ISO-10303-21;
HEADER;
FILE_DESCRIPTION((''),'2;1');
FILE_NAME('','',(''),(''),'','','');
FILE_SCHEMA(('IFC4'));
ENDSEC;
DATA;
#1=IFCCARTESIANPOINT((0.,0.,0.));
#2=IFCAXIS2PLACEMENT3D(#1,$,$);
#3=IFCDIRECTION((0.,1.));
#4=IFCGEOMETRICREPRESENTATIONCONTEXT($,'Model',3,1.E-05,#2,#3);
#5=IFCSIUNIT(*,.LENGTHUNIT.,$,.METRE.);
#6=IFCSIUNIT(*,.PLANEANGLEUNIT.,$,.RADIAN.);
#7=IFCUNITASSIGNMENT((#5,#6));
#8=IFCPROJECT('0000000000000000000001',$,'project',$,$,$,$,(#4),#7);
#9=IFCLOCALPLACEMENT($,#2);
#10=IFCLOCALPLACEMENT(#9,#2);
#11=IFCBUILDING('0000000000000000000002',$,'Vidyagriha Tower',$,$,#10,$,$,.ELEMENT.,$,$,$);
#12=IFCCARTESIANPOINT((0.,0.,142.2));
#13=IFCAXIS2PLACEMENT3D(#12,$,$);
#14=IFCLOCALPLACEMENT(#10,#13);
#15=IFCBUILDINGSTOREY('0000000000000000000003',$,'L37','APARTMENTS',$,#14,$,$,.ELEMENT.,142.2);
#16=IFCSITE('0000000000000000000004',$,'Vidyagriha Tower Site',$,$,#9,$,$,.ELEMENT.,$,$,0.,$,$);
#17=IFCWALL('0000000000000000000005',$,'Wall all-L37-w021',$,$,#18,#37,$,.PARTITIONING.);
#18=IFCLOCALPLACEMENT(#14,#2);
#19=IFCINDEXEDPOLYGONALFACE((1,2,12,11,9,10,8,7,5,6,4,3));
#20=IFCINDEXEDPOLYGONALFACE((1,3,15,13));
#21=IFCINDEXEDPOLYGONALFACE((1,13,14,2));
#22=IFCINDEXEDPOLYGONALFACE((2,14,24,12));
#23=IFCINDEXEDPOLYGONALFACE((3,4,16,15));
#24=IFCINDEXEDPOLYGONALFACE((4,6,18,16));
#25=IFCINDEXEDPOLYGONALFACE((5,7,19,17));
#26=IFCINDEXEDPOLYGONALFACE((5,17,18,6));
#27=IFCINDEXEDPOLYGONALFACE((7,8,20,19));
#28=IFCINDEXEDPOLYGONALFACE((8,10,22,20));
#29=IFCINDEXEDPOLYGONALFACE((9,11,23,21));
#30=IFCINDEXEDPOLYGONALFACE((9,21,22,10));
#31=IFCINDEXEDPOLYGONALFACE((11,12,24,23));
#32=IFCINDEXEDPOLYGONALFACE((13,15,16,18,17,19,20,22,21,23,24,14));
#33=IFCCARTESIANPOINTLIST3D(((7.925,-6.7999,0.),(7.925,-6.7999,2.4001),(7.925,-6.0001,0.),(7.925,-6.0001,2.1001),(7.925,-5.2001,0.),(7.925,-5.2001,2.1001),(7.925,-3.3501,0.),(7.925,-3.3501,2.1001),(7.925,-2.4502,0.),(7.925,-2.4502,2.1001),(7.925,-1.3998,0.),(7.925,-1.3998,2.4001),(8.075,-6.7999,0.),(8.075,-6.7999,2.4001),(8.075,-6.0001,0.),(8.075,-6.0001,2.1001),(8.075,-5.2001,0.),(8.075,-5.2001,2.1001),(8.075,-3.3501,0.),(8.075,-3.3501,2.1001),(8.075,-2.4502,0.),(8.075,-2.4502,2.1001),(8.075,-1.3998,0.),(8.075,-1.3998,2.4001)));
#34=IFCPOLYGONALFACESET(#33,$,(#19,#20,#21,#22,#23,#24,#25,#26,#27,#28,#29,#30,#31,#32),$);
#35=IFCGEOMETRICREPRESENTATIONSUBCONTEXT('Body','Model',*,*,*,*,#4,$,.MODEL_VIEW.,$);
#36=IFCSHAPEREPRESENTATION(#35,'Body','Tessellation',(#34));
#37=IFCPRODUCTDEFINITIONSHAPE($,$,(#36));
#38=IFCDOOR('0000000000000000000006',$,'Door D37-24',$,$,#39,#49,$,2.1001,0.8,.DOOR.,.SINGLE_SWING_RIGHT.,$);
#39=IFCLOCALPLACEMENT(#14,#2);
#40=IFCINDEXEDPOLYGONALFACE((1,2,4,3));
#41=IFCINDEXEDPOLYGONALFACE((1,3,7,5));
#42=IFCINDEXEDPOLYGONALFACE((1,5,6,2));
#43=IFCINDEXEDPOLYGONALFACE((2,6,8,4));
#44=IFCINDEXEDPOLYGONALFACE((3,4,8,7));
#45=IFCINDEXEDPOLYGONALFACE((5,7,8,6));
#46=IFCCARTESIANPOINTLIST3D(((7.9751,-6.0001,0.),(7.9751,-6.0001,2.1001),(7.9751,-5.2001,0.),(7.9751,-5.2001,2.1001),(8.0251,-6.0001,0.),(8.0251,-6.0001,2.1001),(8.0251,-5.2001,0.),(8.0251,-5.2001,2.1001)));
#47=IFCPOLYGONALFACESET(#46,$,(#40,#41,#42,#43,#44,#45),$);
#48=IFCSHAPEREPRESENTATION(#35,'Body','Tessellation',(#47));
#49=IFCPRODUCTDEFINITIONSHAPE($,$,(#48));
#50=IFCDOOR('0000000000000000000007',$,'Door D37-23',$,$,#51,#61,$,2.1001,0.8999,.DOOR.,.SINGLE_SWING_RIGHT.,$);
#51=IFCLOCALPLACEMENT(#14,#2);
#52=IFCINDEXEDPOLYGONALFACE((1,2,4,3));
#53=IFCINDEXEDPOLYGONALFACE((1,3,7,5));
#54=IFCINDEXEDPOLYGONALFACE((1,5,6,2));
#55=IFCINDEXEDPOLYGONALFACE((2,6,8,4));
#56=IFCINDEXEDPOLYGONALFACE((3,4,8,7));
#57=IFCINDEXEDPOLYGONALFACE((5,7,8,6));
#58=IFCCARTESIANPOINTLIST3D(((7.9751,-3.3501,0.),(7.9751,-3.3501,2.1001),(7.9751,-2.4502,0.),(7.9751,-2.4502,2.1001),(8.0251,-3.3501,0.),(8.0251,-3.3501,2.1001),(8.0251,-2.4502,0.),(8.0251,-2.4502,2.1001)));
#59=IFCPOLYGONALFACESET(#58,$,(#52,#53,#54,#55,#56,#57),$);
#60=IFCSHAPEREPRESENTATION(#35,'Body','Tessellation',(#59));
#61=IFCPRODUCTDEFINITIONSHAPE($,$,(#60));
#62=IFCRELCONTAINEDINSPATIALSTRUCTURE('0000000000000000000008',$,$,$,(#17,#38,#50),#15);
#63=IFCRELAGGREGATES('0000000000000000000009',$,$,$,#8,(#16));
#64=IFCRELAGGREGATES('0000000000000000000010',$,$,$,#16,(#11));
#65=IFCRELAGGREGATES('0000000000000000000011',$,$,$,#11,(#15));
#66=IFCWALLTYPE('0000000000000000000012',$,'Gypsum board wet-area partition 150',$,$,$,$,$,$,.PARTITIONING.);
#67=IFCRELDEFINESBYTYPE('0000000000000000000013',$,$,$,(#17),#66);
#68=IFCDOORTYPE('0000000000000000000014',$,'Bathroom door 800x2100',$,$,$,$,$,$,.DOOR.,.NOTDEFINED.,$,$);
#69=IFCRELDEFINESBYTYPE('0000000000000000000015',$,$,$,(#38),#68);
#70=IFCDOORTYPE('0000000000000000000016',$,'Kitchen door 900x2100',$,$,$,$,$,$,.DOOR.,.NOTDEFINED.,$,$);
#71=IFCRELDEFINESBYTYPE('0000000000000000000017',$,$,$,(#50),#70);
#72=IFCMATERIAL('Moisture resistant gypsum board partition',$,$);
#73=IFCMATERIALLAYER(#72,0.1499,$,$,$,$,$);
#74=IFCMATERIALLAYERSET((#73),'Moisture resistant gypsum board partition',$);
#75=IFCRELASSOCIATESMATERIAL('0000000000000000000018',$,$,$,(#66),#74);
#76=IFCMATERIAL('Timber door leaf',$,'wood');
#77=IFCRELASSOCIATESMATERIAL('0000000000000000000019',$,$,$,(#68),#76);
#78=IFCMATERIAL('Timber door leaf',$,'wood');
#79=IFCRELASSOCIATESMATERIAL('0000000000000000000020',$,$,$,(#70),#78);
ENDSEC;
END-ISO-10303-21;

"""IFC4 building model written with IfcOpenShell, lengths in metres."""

from ifc_helpers import new_model, si_unit, direction, frame, frame_2d, origin, place, context, subcontext, project, spatial, rectangle, extrude, material, layer, layer_set, type_object, element, fill, save


model = new_model("IFC4")

# Units and contexts
model_context = context("Model", 3, precision=1e-05, world=origin(), true_north=direction((0.0, 1.0)))
body_context = subcontext(model_context, "Body", "Model", "MODEL_VIEW")
ifc_project = project(units=[si_unit("LENGTHUNIT", "METRE"), si_unit("PLANEANGLEUNIT", "RADIAN")], contexts=[model_context])

# Site, building, storey
site_placement = place(None, origin())
site = spatial("IfcSite", under=ifc_project, at=site_placement, Name="Vidyagriha Tower Site", CompositionType="ELEMENT", RefElevation=0.0)
building_placement = place(site_placement, origin())
building = spatial("IfcBuilding", under=site, at=building_placement, Name="Vidyagriha Tower", CompositionType="ELEMENT")
storey_placement = place(building_placement, frame((0.0, 0.0, 142.2)))
storey = spatial("IfcBuildingStorey", under=building, at=storey_placement, Name="L37", Description="APARTMENTS", CompositionType="ELEMENT", Elevation=142.2)

# Wall, openings, doors
ifc_material_1 = material(Name="Moisture resistant gypsum board partition")
ifc_layer_1 = layer(ifc_material_1, 0.1499)
ifc_layer_set_1 = layer_set([ifc_layer_1], Name="Moisture resistant gypsum board partition")
wall_type_1 = type_object("IfcWallType", Name="Gypsum board wet-area partition 150", PredefinedType="PARTITIONING", material=ifc_layer_set_1)
wall_1_placement = place(storey_placement, frame((8.0, -6.8, 0.0), z_axis=(0.0, 0.0, 1.0), x_axis=(0.0, 1.0, 0.0)))
wall_1 = element("IfcWall", 1, at=wall_1_placement, inside=storey, type_object=wall_type_1, Name="Wall all-L37-w021", PredefinedType="PARTITIONING", context=body_context, shape_type="SweptSolid", body=[
    extrude(rectangle(XDim=5.4001, YDim=0.1499, at=frame_2d((2.7002, 0.0))), origin(), (0.0, 0.0, 1.0), 2.4001),
])
opening_1_placement = place(wall_1_placement, frame((3.45, 0.0, 0.0)))
opening_1 = element("IfcOpeningElement", 2, at=opening_1_placement, cuts=wall_1, PredefinedType="OPENING", context=body_context, shape_type="SweptSolid", body=[
    extrude(rectangle(XDim=0.8999, YDim=2.1001, at=frame_2d((0.45, 1.05))), frame((0.0, 0.085, 0.0), z_axis=(0.0, -1.0, 0.0), x_axis=(1.0, 0.0, 0.0)), (0.0, 0.0, 1.0), 0.1699),
])
opening_2_placement = place(wall_1_placement, frame((0.8, 0.0, 0.0)))
opening_2 = element("IfcOpeningElement", 3, at=opening_2_placement, cuts=wall_1, PredefinedType="OPENING", context=body_context, shape_type="SweptSolid", body=[
    extrude(rectangle(XDim=0.8, YDim=2.1001, at=frame_2d((0.3999, 1.05))), frame((0.0, 0.085, 0.0), z_axis=(0.0, -1.0, 0.0), x_axis=(1.0, 0.0, 0.0)), (0.0, 0.0, 1.0), 0.1699),
])
ifc_material_2 = material(Name="Timber door leaf", Category="wood")
door_type_1 = type_object("IfcDoorType", Name="Bathroom door 800x2100", OperationType="NOTDEFINED", PredefinedType="DOOR", material=ifc_material_2)
door_1_placement = place(opening_2_placement, origin())
door_1 = element("IfcDoor", 4, at=door_1_placement, inside=storey, type_object=door_type_1, Name="Door D37-24", OperationType="SINGLE_SWING_RIGHT", OverallHeight=2.1001, OverallWidth=0.8, PredefinedType="DOOR", context=body_context, shape_type="SweptSolid", body=[
    extrude(rectangle(XDim=0.8, YDim=2.1001, at=frame_2d((0.3999, 1.05))), frame((0.0, 0.0249, 0.0), z_axis=(0.0, -1.0, 0.0), x_axis=(1.0, 0.0, 0.0)), (0.0, 0.0, 1.0), 0.05),
])
fill(opening_2, door_1)
ifc_material_3 = material(Name="Timber door leaf", Category="wood")
door_type_2 = type_object("IfcDoorType", Name="Kitchen door 900x2100", OperationType="NOTDEFINED", PredefinedType="DOOR", material=ifc_material_3)
door_2_placement = place(opening_1_placement, origin())
door_2 = element("IfcDoor", 5, at=door_2_placement, inside=storey, type_object=door_type_2, Name="Door D37-23", OperationType="SINGLE_SWING_RIGHT", OverallHeight=2.1001, OverallWidth=0.8999, PredefinedType="DOOR", context=body_context, shape_type="SweptSolid", body=[
    extrude(rectangle(XDim=0.8999, YDim=2.1001, at=frame_2d((0.45, 1.05))), frame((0.0, 0.0249, 0.0), z_axis=(0.0, -1.0, 0.0), x_axis=(1.0, 0.0, 0.0)), (0.0, 0.0, 1.0), 0.05),
])
fill(opening_1, door_2)

save(model, "model.ifc")
